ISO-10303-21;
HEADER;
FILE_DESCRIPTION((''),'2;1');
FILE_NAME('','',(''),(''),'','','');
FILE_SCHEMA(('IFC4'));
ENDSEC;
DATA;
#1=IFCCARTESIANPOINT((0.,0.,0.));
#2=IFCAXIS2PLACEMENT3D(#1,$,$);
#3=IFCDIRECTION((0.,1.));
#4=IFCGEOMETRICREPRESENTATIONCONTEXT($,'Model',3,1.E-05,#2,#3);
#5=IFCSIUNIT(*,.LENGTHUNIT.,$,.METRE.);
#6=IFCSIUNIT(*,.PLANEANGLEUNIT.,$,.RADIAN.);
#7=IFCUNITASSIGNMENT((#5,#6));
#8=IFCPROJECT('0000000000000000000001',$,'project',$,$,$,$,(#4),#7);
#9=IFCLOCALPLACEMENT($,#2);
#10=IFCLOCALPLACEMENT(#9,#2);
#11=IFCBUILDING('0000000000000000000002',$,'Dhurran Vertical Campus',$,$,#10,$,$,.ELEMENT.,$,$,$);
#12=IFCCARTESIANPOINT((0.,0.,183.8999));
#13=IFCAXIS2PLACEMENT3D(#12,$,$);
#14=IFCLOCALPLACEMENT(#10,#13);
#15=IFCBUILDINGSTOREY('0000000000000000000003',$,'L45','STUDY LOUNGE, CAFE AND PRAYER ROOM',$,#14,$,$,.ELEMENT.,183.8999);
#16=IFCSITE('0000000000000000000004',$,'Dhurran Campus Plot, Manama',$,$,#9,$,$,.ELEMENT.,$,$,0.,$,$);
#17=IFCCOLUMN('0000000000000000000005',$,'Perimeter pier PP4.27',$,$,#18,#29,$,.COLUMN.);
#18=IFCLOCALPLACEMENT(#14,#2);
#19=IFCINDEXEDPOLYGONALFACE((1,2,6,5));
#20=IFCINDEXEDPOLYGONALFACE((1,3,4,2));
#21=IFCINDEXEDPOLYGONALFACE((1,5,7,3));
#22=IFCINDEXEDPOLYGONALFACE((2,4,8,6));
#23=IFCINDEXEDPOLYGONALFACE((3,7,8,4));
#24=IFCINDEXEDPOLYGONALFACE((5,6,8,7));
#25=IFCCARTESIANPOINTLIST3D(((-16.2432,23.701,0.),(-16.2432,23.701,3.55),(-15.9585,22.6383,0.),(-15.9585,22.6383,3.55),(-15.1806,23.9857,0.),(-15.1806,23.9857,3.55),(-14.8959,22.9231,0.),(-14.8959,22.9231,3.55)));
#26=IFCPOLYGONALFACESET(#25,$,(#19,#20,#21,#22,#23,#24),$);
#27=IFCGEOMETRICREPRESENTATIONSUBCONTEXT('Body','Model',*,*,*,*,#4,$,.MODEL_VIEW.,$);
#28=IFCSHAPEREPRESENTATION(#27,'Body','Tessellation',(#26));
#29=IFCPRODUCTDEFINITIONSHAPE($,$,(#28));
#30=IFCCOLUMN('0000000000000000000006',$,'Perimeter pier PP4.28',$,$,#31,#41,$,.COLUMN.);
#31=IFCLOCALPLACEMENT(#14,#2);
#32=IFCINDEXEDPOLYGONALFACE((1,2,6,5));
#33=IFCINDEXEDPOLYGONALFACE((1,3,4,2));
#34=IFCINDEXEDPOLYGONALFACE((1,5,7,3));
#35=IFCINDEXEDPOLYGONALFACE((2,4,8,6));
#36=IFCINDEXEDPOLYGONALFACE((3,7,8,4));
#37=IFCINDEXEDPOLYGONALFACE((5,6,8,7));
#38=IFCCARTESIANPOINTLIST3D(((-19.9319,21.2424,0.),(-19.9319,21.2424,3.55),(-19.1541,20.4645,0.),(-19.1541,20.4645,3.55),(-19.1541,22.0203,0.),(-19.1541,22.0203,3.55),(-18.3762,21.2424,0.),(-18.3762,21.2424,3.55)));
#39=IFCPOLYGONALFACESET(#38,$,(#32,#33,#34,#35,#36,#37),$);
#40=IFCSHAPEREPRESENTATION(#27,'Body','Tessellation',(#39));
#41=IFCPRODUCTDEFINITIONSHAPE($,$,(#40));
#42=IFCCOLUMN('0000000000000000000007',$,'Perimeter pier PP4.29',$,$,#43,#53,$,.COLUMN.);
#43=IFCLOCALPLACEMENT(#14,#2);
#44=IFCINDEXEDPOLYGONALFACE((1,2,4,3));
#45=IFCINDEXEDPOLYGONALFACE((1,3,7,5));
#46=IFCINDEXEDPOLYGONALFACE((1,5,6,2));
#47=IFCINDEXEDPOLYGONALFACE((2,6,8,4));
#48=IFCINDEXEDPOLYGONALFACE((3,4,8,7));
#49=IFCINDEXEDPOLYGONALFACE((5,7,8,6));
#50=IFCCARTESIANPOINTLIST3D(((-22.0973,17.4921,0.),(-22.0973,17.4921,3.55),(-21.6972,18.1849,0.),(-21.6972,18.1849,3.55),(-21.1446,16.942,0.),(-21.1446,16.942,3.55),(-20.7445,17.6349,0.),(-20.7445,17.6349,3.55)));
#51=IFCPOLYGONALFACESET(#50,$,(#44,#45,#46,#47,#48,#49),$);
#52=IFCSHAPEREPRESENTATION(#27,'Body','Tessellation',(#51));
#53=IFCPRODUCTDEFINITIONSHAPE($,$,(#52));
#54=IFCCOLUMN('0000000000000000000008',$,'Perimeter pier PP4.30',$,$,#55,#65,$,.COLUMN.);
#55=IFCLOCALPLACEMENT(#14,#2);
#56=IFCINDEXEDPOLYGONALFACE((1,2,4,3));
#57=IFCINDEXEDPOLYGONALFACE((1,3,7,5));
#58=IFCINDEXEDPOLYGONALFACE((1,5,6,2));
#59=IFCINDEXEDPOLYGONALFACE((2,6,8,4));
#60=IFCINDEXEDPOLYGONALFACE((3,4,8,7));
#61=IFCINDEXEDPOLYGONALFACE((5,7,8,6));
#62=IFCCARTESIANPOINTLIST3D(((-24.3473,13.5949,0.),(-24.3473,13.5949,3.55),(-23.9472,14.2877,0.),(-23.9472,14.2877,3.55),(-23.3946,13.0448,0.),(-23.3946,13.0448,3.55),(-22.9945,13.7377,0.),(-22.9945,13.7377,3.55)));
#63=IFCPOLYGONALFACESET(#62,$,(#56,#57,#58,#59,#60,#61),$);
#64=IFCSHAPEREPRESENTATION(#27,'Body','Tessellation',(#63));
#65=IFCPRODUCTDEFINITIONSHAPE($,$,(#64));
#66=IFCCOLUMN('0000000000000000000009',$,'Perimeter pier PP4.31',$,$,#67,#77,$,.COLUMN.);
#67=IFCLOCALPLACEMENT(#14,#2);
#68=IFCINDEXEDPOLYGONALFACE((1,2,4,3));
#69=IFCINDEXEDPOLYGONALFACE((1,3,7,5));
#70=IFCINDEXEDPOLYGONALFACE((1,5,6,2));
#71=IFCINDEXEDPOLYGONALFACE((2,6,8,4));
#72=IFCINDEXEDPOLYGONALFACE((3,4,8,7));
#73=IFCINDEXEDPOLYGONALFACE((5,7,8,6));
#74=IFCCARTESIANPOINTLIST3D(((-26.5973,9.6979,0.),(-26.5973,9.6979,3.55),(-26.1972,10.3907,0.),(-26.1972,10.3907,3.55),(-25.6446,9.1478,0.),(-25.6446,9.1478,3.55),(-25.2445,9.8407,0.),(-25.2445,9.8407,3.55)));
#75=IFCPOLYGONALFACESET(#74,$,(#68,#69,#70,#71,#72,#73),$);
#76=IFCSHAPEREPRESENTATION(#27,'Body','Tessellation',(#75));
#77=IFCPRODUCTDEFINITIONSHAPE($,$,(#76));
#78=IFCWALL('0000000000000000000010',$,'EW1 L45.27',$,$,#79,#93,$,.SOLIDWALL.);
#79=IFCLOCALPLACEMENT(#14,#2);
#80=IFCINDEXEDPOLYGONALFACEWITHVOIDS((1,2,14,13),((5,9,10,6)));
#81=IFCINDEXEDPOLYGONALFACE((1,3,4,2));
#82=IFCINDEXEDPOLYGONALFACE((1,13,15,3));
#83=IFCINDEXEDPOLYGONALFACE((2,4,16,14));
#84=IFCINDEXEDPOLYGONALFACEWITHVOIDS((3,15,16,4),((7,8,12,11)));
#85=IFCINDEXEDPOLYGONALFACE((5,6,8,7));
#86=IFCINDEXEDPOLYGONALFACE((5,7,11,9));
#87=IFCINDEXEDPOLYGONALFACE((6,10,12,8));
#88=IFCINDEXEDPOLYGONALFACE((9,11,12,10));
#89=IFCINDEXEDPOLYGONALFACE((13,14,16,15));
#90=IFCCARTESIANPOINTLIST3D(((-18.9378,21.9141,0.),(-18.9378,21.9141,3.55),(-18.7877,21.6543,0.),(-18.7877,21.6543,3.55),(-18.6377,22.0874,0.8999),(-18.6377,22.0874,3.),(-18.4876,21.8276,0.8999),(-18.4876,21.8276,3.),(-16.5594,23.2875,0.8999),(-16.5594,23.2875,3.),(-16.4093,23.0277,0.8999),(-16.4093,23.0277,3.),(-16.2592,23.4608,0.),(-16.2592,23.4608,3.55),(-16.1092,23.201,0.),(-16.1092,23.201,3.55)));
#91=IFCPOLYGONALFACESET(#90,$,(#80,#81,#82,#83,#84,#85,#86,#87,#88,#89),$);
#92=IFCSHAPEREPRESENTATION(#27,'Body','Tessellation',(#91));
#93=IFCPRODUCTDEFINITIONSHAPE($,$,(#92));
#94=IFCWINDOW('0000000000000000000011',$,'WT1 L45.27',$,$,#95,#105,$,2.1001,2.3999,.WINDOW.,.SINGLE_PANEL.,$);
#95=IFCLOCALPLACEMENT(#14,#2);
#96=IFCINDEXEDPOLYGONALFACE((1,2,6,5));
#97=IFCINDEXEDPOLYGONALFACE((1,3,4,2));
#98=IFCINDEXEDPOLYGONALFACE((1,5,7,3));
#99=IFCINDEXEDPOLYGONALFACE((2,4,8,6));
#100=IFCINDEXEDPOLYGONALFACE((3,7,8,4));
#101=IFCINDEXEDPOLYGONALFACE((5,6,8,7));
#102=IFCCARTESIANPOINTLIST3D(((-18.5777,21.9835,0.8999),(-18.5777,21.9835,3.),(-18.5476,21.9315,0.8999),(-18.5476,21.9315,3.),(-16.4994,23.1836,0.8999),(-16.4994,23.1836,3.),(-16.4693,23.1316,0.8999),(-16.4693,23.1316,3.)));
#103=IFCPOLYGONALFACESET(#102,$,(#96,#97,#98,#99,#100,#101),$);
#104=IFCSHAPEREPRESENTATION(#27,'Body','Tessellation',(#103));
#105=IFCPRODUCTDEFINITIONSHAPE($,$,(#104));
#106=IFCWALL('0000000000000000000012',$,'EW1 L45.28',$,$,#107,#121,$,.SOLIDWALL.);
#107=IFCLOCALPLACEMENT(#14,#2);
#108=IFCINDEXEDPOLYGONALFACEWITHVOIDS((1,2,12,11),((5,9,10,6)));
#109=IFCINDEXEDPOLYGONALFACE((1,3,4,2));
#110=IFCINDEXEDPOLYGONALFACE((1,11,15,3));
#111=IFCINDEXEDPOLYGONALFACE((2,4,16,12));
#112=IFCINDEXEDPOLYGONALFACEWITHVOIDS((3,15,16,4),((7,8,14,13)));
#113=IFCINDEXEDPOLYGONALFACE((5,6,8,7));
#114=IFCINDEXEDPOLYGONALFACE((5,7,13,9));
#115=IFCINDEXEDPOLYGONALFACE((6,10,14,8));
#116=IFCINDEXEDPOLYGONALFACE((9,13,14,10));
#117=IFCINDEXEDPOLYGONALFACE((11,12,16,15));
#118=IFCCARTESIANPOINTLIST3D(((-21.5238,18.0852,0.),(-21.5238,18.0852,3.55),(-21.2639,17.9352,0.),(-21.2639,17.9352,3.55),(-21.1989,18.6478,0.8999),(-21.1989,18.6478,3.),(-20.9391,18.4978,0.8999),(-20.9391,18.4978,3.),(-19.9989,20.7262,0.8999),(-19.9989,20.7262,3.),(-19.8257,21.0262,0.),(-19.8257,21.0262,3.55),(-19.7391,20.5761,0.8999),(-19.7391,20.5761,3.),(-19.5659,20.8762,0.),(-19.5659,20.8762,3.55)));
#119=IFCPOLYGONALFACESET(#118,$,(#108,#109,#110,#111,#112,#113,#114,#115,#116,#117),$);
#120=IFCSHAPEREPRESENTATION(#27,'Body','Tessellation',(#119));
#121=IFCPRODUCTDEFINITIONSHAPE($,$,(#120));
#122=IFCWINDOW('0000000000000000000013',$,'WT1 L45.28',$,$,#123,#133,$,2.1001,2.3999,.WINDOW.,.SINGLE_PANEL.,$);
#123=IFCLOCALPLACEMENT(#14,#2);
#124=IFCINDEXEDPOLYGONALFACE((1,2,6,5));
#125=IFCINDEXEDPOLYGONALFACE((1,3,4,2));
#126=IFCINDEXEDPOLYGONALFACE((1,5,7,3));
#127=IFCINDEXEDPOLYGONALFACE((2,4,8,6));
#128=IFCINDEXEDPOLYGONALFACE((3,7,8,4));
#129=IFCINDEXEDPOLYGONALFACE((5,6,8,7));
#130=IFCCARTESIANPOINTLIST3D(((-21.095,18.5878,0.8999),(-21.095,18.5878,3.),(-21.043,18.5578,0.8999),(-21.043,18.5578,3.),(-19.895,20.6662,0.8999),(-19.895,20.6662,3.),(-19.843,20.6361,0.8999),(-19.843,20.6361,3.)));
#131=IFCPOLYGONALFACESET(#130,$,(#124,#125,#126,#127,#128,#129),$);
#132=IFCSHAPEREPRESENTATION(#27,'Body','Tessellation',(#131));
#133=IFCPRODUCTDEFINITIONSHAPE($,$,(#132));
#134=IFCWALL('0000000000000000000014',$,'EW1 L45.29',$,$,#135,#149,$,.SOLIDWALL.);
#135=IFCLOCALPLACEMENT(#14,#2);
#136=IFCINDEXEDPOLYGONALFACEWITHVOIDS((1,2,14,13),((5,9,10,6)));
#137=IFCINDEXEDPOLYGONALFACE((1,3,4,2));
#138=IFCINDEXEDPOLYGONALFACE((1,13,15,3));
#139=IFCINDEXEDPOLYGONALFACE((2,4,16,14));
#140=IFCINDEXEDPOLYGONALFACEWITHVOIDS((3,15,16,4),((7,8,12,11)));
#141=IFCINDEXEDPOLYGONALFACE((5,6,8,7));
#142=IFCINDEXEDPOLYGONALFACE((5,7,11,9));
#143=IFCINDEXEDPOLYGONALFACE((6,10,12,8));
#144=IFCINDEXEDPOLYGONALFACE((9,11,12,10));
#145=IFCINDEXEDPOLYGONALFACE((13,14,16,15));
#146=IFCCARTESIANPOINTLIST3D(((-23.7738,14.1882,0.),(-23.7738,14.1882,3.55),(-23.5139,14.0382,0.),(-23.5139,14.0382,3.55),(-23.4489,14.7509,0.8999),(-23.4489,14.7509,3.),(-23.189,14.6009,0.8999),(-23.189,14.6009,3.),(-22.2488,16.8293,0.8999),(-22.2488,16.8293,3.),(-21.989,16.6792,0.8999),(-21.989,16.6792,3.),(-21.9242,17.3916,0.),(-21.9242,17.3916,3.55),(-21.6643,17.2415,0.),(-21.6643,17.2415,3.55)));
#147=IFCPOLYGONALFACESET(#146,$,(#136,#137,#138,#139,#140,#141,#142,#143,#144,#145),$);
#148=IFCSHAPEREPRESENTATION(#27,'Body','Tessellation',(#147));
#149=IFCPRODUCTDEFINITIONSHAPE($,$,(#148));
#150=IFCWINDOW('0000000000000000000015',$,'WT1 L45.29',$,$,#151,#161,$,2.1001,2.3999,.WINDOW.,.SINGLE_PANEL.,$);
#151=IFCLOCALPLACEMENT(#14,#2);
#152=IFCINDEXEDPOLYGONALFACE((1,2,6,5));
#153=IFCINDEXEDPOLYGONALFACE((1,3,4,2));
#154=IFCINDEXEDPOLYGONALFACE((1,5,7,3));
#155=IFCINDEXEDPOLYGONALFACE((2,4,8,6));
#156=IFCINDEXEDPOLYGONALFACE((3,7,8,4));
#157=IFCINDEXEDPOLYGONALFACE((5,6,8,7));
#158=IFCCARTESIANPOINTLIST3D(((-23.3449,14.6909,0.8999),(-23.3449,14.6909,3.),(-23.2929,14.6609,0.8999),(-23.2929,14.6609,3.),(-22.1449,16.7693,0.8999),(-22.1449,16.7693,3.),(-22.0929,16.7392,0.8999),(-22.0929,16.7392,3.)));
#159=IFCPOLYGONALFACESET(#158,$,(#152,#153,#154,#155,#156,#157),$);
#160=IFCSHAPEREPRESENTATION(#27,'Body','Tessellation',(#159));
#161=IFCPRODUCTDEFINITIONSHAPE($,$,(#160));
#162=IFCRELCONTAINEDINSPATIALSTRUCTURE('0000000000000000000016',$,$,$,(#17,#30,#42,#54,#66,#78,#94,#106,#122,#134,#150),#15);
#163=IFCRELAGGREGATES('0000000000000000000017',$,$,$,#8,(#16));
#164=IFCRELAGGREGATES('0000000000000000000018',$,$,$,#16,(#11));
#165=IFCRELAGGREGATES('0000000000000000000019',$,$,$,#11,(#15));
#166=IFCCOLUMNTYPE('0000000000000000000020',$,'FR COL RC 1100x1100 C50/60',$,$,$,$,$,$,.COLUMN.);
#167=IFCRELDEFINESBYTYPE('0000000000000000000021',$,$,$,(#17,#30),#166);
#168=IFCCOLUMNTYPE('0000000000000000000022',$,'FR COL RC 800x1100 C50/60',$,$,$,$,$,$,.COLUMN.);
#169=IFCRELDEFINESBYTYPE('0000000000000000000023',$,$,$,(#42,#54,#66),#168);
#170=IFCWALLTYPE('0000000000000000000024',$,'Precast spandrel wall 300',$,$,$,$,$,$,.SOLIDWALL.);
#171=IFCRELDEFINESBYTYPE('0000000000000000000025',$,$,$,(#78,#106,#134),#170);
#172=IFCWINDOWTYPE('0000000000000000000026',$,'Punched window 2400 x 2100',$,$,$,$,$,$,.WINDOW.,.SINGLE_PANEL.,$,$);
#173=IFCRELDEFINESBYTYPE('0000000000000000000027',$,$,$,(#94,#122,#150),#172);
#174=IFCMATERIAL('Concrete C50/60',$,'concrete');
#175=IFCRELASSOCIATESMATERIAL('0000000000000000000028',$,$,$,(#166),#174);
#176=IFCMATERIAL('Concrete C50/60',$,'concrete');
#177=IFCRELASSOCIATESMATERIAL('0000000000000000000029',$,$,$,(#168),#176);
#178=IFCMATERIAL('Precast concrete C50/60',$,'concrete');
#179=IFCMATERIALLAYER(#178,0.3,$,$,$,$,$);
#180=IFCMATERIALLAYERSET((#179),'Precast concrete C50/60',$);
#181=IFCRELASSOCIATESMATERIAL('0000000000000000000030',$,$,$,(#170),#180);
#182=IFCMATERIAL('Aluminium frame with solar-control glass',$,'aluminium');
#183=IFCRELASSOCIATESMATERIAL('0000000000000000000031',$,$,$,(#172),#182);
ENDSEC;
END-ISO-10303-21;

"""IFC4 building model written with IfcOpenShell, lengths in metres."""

from ifc_helpers import new_model, si_unit, direction, frame, frame_2d, origin, origin_2d, place, context, subcontext, project, spatial, rectangle, extrude, material, layer, layer_set, material_profile, profile_set, type_object, element, fill, save


model = new_model("IFC4")

# Units and contexts
model_context = context("Model", 3, precision=1e-05, world=origin(), true_north=direction((0.0, 1.0)))
body_context = subcontext(model_context, "Body", "Model", "MODEL_VIEW")
ifc_project = project(units=[si_unit("LENGTHUNIT", "METRE"), si_unit("PLANEANGLEUNIT", "RADIAN")], contexts=[model_context])

# Site, building, storey
site_placement = place(None, origin())
site = spatial("IfcSite", under=ifc_project, at=site_placement, Name="Dhurran Campus Plot, Manama", CompositionType="ELEMENT", RefElevation=0.0)
building_placement = place(site_placement, origin())
building = spatial("IfcBuilding", under=site, at=building_placement, Name="Dhurran Vertical Campus", CompositionType="ELEMENT")
storey_placement = place(building_placement, frame((0.0, 0.0, 183.8999)))
storey = spatial("IfcBuildingStorey", under=building, at=storey_placement, Name="L45", Description="STUDY LOUNGE, CAFE AND PRAYER ROOM", CompositionType="ELEMENT", Elevation=183.8999)

# Columns
ifc_material_1 = material(Name="Concrete C50/60", Category="concrete")
ifc_material_profile_1 = material_profile(ifc_material_1, rectangle(XDim=1.1001, YDim=1.1001, at=origin_2d()), Name="RC 1100x1100")
ifc_profile_set_1 = profile_set([ifc_material_profile_1], Name="Concrete C50/60")
column_type_1 = type_object("IfcColumnType", Name="FR COL RC 1100x1100 C50/60", PredefinedType="COLUMN", material=ifc_profile_set_1)
for number, where, z_axis, x_axis, name in (
    (1, (-15.5696, 23.312, 0.0), (0.0, 0.0, 1.0), (-0.965926, -0.258819, 0.0), "Perimeter pier PP4.27"),
    (2, (-19.1541, 21.2424, 0.0), (0.0, 0.0, 1.0), (-0.707107, -0.707107, 0.0), "Perimeter pier PP4.28"),
):
    element("IfcColumn", number, at=place(storey_placement, frame(where, z_axis=z_axis, x_axis=x_axis)), inside=storey, type_object=column_type_1, Name=name, PredefinedType="COLUMN", context=body_context, shape_type="SweptSolid", body=[
        extrude(rectangle(XDim=1.1001, YDim=1.1001, at=origin_2d()), origin(), (0.0, 0.0, 1.0), 3.55),
    ])
ifc_material_2 = material(Name="Concrete C50/60", Category="concrete")
ifc_material_profile_2 = material_profile(ifc_material_2, rectangle(XDim=0.8, YDim=1.1001, at=origin_2d()), Name="RC 800x1100")
ifc_profile_set_2 = profile_set([ifc_material_profile_2], Name="Concrete C50/60")
column_type_2 = type_object("IfcColumnType", Name="FR COL RC 800x1100 C50/60", PredefinedType="COLUMN", material=ifc_profile_set_2)
for number, where, z_axis, x_axis, name in (
    (3, (-21.4209, 17.5635, 0.0), (0.0, 0.0, 1.0), (-0.5, -0.866025, 0.0), "Perimeter pier PP4.29"),
    (4, (-23.6709, 13.6663, 0.0), (0.0, 0.0, 1.0), (-0.5, -0.866025, 0.0), "Perimeter pier PP4.30"),
    (5, (-25.9209, 9.7693, 0.0), (0.0, 0.0, 1.0), (-0.5, -0.866025, 0.0), "Perimeter pier PP4.31"),
):
    element("IfcColumn", number, at=place(storey_placement, frame(where, z_axis=z_axis, x_axis=x_axis)), inside=storey, type_object=column_type_2, Name=name, PredefinedType="COLUMN", context=body_context, shape_type="SweptSolid", body=[
        extrude(rectangle(XDim=0.8, YDim=1.1001, at=origin_2d()), origin(), (0.0, 0.0, 1.0), 3.55),
    ])

# Walls, openings, windows
ifc_material_3 = material(Name="Precast concrete C50/60", Category="concrete")
ifc_layer_1 = layer(ifc_material_3, 0.3)
ifc_layer_set_1 = layer_set([ifc_layer_1], Name="Precast concrete C50/60")
wall_type_1 = type_object("IfcWallType", Name="Precast spandrel wall 300", PredefinedType="SOLIDWALL", material=ifc_layer_set_1)
wall_1_placement = place(storey_placement, frame((-16.1843, 23.3308, 0.0), z_axis=(0.0, 0.0, 1.0), x_axis=(-0.865995, -0.500053, 0.0)))
wall_1 = element("IfcWall", 6, at=wall_1_placement, inside=storey, type_object=wall_type_1, Name="EW1 L45.27", PredefinedType="SOLIDWALL", context=body_context, shape_type="SweptSolid", body=[
    extrude(rectangle(XDim=3.093, YDim=0.3, at=frame_2d((1.5464, 0.0))), origin(), (0.0, 0.0, 1.0), 3.55),
])
opening_1_placement = place(wall_1_placement, frame((0.3464, 0.0, 0.8999)))
opening_1 = element("IfcOpeningElement", 7, at=opening_1_placement, cuts=wall_1, PredefinedType="OPENING", context=body_context, shape_type="SweptSolid", body=[
    extrude(rectangle(XDim=2.3999, YDim=2.1001, at=frame_2d((1.2, 1.05))), frame((0.0, 0.1599, 0.0), z_axis=(0.0, -1.0, 0.0), x_axis=(1.0, 0.0, 0.0)), (0.0, 0.0, 1.0), 0.3201),
])
ifc_material_4 = material(Name="Aluminium frame with solar-control glass", Category="aluminium")
window_type = type_object("IfcWindowType", Name="Punched window 2400 x 2100", PartitioningType="SINGLE_PANEL", PredefinedType="WINDOW", material=ifc_material_4)
window_1_placement = place(opening_1_placement, origin())
window_1 = element("IfcWindow", 8, at=window_1_placement, inside=storey, type_object=window_type, Name="WT1 L45.27", OverallHeight=2.1001, OverallWidth=2.3999, PartitioningType="SINGLE_PANEL", PredefinedType="WINDOW", context=body_context, shape_type="SweptSolid", body=[
    extrude(rectangle(XDim=2.3999, YDim=2.1001, at=frame_2d((1.2, 1.05))), frame((0.0, 0.03, 0.0), z_axis=(0.0, -1.0, 0.0), x_axis=(1.0, 0.0, 0.0)), (0.0, 0.0, 1.0), 0.0601),
])
fill(opening_1, window_1)
wall_2_placement = place(storey_placement, frame((-19.6958, 20.9512, 0.0), z_axis=(0.0, 0.0, 1.0), x_axis=(-0.500013, -0.866018, 0.0)))
wall_2 = element("IfcWall", 9, at=wall_2_placement, inside=storey, type_object=wall_type_1, Name="EW1 L45.28", PredefinedType="SOLIDWALL", context=body_context, shape_type="SweptSolid", body=[
    extrude(rectangle(XDim=3.396, YDim=0.3, at=frame_2d((1.698, 0.0))), origin(), (0.0, 0.0, 1.0), 3.55),
])
opening_2_placement = place(wall_2_placement, frame((0.3464, 0.0, 0.8999)))
opening_2 = element("IfcOpeningElement", 10, at=opening_2_placement, cuts=wall_2, PredefinedType="OPENING", context=body_context, shape_type="SweptSolid", body=[
    extrude(rectangle(XDim=2.3999, YDim=2.1001, at=frame_2d((1.2, 1.05))), frame((0.0, 0.1599, 0.0), z_axis=(0.0, -1.0, 0.0), x_axis=(1.0, 0.0, 0.0)), (0.0, 0.0, 1.0), 0.3201),
])
window_2_placement = place(opening_2_placement, origin())
window_2 = element("IfcWindow", 11, at=window_2_placement, inside=storey, type_object=window_type, Name="WT1 L45.28", OverallHeight=2.1001, OverallWidth=2.3999, PartitioningType="SINGLE_PANEL", PredefinedType="WINDOW", context=body_context, shape_type="SweptSolid", body=[
    extrude(rectangle(XDim=2.3999, YDim=2.1001, at=frame_2d((1.2, 1.05))), frame((0.0, 0.03, 0.0), z_axis=(0.0, -1.0, 0.0), x_axis=(1.0, 0.0, 0.0)), (0.0, 0.0, 1.0), 0.0601),
])
fill(opening_2, window_2)
wall_3_placement = place(storey_placement, frame((-21.7942, 17.3167, 0.0), z_axis=(0.0, 0.0, 1.0), x_axis=(-0.500029, -0.866009, 0.0)))
wall_3 = element("IfcWall", 12, at=wall_3_placement, inside=storey, type_object=wall_type_1, Name="EW1 L45.29", PredefinedType="SOLIDWALL", context=body_context, shape_type="SweptSolid", body=[
    extrude(rectangle(XDim=3.699, YDim=0.3, at=frame_2d((1.8496, 0.0))), origin(), (0.0, 0.0, 1.0), 3.55),
])
opening_3_placement = place(wall_3_placement, frame((0.6494, 0.0, 0.8999)))
opening_3 = element("IfcOpeningElement", 13, at=opening_3_placement, cuts=wall_3, PredefinedType="OPENING", context=body_context, shape_type="SweptSolid", body=[
    extrude(rectangle(XDim=2.3999, YDim=2.1001, at=frame_2d((1.2, 1.05))), frame((0.0, 0.1599, 0.0), z_axis=(0.0, -1.0, 0.0), x_axis=(1.0, 0.0, 0.0)), (0.0, 0.0, 1.0), 0.3201),
])
window_3_placement = place(opening_3_placement, origin())
window_3 = element("IfcWindow", 14, at=window_3_placement, inside=storey, type_object=window_type, Name="WT1 L45.29", OverallHeight=2.1001, OverallWidth=2.3999, PartitioningType="SINGLE_PANEL", PredefinedType="WINDOW", context=body_context, shape_type="SweptSolid", body=[
    extrude(rectangle(XDim=2.3999, YDim=2.1001, at=frame_2d((1.2, 1.05))), frame((0.0, 0.03, 0.0), z_axis=(0.0, -1.0, 0.0), x_axis=(1.0, 0.0, 0.0)), (0.0, 0.0, 1.0), 0.0601),
])
fill(opening_3, window_3)

save(model, "model.ifc")
